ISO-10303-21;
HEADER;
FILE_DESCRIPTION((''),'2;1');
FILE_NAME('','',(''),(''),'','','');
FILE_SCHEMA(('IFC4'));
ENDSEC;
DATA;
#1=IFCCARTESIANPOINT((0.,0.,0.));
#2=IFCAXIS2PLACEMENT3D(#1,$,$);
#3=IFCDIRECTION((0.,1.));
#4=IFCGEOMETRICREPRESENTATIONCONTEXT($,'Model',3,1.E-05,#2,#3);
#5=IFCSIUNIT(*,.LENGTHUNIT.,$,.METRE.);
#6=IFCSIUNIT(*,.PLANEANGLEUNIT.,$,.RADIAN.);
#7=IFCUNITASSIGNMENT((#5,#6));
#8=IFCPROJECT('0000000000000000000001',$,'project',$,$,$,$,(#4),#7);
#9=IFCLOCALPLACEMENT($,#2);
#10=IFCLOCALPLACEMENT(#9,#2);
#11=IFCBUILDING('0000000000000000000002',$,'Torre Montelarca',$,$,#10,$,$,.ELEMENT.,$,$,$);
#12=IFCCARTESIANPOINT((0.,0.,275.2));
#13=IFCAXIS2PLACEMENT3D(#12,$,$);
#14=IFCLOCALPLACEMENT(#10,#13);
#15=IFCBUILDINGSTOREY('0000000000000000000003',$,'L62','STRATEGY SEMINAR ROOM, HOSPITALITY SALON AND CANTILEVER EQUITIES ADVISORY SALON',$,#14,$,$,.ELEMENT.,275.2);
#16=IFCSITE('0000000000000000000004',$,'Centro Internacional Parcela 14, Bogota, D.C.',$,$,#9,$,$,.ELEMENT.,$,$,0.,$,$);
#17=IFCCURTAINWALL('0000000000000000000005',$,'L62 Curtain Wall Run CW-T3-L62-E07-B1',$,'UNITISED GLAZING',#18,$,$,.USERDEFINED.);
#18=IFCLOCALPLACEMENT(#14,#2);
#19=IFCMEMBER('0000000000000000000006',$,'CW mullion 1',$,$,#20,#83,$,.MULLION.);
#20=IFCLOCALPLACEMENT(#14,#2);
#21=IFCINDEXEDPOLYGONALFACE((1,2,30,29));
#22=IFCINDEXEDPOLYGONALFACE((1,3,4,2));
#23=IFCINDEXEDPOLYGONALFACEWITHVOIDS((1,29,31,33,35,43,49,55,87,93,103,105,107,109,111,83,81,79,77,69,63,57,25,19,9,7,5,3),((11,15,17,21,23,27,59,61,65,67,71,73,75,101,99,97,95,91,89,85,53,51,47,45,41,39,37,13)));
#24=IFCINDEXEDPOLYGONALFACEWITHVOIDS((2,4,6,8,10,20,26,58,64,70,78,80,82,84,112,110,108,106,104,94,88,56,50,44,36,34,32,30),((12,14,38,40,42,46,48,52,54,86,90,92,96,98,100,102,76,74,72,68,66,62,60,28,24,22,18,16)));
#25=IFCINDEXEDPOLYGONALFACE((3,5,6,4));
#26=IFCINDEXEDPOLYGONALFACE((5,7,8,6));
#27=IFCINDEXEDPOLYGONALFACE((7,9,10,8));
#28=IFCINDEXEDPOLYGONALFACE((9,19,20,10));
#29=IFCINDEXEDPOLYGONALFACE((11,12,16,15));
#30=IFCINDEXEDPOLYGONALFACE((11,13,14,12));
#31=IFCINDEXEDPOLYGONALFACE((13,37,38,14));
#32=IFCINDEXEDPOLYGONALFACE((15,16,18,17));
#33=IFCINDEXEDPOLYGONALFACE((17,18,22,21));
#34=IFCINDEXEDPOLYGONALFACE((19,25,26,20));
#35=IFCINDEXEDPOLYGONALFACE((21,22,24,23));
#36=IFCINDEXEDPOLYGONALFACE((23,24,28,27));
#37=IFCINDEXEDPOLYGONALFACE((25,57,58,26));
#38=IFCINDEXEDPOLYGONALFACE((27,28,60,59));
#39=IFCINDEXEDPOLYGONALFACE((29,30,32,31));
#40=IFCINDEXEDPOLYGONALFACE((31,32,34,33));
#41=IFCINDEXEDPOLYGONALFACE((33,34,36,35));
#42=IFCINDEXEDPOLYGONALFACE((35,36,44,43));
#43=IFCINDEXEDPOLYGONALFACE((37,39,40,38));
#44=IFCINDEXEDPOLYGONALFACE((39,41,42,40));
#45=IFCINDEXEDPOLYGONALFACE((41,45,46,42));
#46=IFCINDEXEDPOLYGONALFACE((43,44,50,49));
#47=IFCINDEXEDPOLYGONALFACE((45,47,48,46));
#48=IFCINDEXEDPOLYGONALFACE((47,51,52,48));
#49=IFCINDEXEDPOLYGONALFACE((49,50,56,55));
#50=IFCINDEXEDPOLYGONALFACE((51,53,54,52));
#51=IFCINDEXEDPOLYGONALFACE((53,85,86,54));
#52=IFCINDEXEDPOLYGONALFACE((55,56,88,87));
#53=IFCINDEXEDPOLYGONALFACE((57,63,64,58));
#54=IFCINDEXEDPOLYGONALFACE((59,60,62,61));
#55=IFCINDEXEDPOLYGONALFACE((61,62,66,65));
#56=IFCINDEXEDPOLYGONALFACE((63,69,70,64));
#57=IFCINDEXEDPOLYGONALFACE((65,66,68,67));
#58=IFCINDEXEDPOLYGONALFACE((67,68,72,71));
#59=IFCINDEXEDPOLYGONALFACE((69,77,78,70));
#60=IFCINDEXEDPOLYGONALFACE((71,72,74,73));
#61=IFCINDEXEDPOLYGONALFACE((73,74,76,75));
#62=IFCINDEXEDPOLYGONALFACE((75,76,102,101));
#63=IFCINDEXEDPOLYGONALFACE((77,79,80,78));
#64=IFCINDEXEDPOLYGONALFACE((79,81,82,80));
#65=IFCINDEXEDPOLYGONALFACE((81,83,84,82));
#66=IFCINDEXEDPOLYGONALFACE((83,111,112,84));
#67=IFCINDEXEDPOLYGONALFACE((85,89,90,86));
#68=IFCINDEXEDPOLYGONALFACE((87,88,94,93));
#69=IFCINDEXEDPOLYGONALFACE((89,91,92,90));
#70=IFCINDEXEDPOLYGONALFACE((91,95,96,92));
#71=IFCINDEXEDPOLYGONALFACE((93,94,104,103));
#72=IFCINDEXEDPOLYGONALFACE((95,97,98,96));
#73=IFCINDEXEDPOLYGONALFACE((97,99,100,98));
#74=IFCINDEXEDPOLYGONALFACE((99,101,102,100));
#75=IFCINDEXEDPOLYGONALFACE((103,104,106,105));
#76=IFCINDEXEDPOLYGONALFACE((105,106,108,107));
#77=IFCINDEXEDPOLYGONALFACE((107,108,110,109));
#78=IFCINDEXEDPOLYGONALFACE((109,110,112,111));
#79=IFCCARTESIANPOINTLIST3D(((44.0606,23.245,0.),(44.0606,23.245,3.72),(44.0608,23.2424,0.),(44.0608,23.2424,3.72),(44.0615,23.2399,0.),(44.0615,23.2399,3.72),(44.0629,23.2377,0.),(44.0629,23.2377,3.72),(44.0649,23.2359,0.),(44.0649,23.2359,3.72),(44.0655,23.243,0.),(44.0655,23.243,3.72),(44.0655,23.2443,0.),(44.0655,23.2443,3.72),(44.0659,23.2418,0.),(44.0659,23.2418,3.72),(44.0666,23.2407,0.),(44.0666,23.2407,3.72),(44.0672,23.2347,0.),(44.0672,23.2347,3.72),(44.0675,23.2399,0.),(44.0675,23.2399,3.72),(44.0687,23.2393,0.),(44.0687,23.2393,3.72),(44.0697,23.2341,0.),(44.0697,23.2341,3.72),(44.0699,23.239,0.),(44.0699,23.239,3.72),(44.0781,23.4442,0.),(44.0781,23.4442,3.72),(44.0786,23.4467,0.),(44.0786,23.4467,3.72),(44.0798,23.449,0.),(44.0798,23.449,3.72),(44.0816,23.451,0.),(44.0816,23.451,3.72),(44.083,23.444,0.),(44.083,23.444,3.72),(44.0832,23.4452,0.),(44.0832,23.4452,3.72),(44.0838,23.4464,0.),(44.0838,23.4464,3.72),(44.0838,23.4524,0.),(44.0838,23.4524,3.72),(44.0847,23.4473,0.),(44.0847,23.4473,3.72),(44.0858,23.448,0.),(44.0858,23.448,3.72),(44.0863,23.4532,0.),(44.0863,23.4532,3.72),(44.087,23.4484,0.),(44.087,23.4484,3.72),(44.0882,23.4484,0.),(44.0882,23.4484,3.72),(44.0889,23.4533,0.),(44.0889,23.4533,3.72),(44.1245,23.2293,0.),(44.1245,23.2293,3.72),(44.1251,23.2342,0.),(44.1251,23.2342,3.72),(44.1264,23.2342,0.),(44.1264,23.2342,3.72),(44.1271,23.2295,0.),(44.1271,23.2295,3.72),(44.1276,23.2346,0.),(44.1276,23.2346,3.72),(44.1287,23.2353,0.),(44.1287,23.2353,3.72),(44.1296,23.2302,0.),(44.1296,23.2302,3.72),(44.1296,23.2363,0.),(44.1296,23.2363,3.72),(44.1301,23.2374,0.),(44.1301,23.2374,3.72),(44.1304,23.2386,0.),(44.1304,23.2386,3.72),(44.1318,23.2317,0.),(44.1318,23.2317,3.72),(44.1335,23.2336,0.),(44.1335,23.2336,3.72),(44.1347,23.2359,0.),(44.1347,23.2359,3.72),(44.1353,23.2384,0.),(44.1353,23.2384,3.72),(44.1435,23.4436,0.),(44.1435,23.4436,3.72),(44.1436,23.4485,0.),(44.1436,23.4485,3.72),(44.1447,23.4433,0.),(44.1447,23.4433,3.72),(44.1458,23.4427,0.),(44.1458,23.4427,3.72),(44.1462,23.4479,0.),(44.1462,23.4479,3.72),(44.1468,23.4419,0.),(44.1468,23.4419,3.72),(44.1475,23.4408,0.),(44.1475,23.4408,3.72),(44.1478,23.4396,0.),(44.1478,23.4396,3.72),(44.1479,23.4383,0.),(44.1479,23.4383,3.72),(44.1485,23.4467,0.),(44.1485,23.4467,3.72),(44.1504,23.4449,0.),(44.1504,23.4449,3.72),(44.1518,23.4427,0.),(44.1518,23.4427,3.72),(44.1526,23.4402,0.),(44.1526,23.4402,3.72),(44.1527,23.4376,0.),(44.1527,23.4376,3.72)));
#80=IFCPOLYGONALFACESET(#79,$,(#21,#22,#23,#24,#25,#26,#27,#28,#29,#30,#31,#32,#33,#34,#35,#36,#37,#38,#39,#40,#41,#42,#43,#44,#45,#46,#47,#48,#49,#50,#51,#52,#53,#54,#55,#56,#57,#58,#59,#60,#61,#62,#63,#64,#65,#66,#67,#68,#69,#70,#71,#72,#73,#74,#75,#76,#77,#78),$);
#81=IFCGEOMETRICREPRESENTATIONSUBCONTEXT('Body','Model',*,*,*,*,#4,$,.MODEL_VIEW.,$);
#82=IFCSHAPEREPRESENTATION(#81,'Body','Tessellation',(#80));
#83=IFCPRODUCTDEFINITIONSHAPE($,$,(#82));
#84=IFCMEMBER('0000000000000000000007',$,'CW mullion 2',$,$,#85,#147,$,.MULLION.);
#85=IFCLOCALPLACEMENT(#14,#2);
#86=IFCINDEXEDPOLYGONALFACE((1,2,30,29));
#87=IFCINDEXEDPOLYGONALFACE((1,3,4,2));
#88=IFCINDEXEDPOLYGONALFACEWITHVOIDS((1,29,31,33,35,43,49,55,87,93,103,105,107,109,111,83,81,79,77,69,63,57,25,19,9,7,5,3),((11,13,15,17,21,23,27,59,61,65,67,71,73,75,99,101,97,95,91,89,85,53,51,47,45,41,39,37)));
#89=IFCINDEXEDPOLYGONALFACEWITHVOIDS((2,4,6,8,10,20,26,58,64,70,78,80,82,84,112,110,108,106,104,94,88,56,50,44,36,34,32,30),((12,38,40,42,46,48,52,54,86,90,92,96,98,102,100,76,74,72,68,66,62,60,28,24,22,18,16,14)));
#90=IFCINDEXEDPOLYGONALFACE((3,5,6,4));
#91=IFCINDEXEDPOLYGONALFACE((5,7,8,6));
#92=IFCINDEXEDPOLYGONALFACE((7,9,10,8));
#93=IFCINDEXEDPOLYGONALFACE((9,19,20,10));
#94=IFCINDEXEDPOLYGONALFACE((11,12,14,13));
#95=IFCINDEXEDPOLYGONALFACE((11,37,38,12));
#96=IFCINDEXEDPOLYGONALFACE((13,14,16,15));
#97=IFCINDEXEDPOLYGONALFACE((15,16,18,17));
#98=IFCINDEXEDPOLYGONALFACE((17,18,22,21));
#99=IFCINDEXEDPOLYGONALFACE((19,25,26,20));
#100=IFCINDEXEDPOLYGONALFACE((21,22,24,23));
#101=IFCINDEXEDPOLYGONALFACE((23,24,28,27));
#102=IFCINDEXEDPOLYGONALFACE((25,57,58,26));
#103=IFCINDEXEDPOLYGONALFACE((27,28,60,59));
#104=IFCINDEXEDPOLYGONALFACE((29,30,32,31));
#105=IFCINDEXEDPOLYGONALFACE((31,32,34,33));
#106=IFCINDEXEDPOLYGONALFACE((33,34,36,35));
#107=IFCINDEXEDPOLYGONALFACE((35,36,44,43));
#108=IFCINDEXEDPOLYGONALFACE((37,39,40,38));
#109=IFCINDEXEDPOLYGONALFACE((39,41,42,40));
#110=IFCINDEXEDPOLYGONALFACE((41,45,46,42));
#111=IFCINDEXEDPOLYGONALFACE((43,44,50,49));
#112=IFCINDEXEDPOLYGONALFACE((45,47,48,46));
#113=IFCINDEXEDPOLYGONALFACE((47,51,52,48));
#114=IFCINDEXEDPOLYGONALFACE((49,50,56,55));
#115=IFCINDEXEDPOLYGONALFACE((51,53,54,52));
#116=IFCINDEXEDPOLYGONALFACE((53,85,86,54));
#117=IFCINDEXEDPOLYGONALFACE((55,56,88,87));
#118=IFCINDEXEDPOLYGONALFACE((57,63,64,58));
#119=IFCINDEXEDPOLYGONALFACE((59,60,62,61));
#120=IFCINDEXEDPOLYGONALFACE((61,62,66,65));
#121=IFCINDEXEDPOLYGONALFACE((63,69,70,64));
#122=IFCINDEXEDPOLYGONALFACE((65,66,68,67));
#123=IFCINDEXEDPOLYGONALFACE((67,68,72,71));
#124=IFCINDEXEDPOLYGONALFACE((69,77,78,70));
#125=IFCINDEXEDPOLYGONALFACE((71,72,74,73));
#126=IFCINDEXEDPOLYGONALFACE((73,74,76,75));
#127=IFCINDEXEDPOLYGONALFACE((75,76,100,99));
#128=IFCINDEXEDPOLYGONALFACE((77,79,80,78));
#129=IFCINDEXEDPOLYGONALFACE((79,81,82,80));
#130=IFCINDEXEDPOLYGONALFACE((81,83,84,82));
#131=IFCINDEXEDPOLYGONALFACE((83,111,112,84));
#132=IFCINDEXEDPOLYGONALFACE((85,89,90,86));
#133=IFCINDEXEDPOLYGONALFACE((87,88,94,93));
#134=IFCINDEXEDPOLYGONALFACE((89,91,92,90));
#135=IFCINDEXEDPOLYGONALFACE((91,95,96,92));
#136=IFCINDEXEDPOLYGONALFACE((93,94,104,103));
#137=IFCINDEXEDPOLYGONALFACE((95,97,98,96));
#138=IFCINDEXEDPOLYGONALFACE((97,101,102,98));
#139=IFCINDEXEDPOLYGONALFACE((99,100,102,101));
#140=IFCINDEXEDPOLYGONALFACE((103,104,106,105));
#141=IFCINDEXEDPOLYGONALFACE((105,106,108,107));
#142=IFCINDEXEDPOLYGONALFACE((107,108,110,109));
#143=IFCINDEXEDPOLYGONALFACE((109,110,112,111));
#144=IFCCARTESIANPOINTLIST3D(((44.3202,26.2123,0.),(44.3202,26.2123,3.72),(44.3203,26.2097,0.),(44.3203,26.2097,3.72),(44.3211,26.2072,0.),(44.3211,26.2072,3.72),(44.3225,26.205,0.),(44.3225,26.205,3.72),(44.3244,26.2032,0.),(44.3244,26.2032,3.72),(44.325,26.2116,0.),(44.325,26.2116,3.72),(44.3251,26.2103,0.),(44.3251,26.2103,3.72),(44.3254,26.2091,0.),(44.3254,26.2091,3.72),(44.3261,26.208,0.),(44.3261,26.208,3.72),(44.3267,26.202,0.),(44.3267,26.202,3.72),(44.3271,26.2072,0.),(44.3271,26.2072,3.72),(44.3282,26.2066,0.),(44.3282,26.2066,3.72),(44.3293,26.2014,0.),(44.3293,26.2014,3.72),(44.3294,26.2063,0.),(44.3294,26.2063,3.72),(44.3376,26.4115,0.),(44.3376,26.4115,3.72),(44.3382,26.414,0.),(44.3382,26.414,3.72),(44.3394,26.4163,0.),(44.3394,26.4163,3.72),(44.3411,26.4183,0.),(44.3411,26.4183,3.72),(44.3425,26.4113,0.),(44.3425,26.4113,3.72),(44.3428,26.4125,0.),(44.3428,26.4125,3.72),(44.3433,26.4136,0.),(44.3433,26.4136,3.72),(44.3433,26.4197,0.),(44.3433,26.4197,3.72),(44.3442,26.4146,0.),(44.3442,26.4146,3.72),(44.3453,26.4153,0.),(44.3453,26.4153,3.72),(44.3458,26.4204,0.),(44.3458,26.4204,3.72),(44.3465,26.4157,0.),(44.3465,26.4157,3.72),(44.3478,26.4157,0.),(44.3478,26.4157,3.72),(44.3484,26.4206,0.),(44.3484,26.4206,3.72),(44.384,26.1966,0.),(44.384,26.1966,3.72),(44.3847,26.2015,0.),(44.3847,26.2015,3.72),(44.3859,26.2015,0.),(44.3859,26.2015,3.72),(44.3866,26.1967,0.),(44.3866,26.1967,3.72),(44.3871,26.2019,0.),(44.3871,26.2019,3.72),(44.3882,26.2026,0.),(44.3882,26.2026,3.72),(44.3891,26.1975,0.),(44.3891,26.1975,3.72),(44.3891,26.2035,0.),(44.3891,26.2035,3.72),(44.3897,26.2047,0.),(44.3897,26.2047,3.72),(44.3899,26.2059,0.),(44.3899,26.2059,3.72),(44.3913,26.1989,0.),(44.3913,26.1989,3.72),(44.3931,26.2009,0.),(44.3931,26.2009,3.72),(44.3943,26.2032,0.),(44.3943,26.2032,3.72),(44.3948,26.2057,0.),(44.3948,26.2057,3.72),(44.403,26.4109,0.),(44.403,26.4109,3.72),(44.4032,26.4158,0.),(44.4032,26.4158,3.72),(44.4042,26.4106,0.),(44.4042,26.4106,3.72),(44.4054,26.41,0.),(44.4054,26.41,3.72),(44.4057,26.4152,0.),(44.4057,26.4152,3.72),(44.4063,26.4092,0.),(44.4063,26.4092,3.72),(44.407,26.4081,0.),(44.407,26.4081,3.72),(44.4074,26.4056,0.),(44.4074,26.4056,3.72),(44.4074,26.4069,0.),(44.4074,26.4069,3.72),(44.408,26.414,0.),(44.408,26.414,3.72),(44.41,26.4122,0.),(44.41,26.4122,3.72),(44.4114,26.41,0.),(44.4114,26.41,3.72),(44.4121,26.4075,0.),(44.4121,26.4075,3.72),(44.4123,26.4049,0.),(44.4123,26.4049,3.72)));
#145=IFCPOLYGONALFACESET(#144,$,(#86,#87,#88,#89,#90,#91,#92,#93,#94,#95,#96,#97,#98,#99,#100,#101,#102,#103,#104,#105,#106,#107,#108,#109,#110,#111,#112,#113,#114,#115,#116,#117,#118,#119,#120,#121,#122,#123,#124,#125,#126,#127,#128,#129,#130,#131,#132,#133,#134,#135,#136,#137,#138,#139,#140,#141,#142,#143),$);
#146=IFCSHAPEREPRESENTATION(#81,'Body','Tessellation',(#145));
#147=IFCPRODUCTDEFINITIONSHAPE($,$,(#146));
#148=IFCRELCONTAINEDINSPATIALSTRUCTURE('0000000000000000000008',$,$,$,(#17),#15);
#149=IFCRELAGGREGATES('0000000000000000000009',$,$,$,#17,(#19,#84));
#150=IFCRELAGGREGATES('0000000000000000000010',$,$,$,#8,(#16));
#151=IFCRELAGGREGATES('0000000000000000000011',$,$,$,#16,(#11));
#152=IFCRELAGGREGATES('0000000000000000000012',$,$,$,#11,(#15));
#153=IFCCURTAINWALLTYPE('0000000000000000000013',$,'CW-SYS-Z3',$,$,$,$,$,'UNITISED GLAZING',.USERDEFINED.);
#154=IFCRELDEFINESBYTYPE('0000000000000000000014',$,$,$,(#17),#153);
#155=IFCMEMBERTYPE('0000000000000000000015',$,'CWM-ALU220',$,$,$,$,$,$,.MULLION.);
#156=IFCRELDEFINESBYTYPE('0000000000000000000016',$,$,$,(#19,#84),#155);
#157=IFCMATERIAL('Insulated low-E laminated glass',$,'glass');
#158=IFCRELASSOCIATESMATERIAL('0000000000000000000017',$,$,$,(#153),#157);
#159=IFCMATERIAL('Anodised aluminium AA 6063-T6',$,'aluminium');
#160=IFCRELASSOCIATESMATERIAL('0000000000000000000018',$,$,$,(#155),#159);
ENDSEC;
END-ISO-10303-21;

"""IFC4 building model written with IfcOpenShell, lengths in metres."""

from ifc_helpers import new_model, si_unit, direction, frame, origin, origin_2d, place, context, subcontext, project, spatial, hollow_rectangle, extrude, source, transform, mapped, material, material_profile, profile_set, type_object, element, aggregate, save


model = new_model("IFC4")

# Units and contexts
model_context = context("Model", 3, precision=1e-05, world=origin(), true_north=direction((0.0, 1.0)))
body_context = subcontext(model_context, "Body", "Model", "MODEL_VIEW")
ifc_project = project(units=[si_unit("LENGTHUNIT", "METRE"), si_unit("PLANEANGLEUNIT", "RADIAN")], contexts=[model_context])

# Site, building, storey
site_placement = place(None, origin())
site = spatial("IfcSite", under=ifc_project, at=site_placement, Name="Centro Internacional Parcela 14, Bogota, D.C.", CompositionType="ELEMENT", RefElevation=0.0)
building_placement = place(site_placement, origin())
building = spatial("IfcBuilding", under=site, at=building_placement, Name="Torre Montelarca", CompositionType="ELEMENT")
storey_placement = place(building_placement, frame((0.0, 0.0, 275.2)))
storey = spatial("IfcBuildingStorey", under=building, at=storey_placement, Name="L62", Description="STRATEGY SEMINAR ROOM, HOSPITALITY SALON AND CANTILEVER EQUITIES ADVISORY SALON", CompositionType="ELEMENT", Elevation=275.2)

# Curtain wall, members
ifc_material_1 = material(Name="Insulated low-E laminated glass", Category="glass")
curtain_wall_type = type_object("IfcCurtainWallType", Name="CW-SYS-Z3", ElementType="UNITISED GLAZING", PredefinedType="USERDEFINED", material=ifc_material_1)
curtain_wall_1_placement = place(storey_placement, origin())
curtain_wall_1 = element("IfcCurtainWall", 1, at=curtain_wall_1_placement, inside=storey, type_object=curtain_wall_type, Name="L62 Curtain Wall Run CW-T3-L62-E07-B1", ObjectType="UNITISED GLAZING", PredefinedType="USERDEFINED")
ifc_material_2 = material(Name="Anodised aluminium AA 6063-T6", Category="aluminium")
ifc_material_profile_1 = material_profile(ifc_material_2, hollow_rectangle(XDim=0.075, YDim=0.22, WallThickness=0.0049, InnerFilletRadius=0.0049, OuterFilletRadius=0.01, at=origin_2d()), Name="ALU75X220X5", Category="aluminium")
ifc_profile_set_1 = profile_set([ifc_material_profile_1], Name="Anodised aluminium AA 6063-T6")
member_type_1 = type_object("IfcMemberType", Name="CWM-ALU220", PredefinedType="MULLION", material=ifc_profile_set_1)
shared_shape_1 = source(origin(), body_context, "Body", "SweptSolid", [
    extrude(hollow_rectangle(XDim=0.075, YDim=0.22, WallThickness=0.0049, InnerFilletRadius=0.0049, OuterFilletRadius=0.01, at=origin_2d()), origin(), (0.0, 0.0, 1.0), 3.72),
])
member_1_placement = place(storey_placement, frame((44.1067, 23.3413, 0.0), z_axis=(0.0, 0.0, 1.0), x_axis=(-0.996194, 0.087166, 0.0)))
member_1 = element("IfcMember", 2, at=member_1_placement, type_object=member_type_1, Name="CW mullion 1", PredefinedType="MULLION", context=body_context, shape_type="MappedRepresentation", body=[
    mapped(shared_shape_1, transform((0.0, 0.0, 0.0), scale=1.0)),
])
member_2_placement = place(storey_placement, frame((44.3662, 26.3086, 0.0), z_axis=(0.0, 0.0, 1.0), x_axis=(-0.996194, 0.087166, 0.0)))
member_2 = element("IfcMember", 3, at=member_2_placement, type_object=member_type_1, Name="CW mullion 2", PredefinedType="MULLION", context=body_context, shape_type="MappedRepresentation", body=[
    mapped(shared_shape_1, transform((0.0, 0.0, 0.0), scale=1.0)),
])

aggregate(curtain_wall_1, [member_1, member_2])

save(model, "model.ifc")
